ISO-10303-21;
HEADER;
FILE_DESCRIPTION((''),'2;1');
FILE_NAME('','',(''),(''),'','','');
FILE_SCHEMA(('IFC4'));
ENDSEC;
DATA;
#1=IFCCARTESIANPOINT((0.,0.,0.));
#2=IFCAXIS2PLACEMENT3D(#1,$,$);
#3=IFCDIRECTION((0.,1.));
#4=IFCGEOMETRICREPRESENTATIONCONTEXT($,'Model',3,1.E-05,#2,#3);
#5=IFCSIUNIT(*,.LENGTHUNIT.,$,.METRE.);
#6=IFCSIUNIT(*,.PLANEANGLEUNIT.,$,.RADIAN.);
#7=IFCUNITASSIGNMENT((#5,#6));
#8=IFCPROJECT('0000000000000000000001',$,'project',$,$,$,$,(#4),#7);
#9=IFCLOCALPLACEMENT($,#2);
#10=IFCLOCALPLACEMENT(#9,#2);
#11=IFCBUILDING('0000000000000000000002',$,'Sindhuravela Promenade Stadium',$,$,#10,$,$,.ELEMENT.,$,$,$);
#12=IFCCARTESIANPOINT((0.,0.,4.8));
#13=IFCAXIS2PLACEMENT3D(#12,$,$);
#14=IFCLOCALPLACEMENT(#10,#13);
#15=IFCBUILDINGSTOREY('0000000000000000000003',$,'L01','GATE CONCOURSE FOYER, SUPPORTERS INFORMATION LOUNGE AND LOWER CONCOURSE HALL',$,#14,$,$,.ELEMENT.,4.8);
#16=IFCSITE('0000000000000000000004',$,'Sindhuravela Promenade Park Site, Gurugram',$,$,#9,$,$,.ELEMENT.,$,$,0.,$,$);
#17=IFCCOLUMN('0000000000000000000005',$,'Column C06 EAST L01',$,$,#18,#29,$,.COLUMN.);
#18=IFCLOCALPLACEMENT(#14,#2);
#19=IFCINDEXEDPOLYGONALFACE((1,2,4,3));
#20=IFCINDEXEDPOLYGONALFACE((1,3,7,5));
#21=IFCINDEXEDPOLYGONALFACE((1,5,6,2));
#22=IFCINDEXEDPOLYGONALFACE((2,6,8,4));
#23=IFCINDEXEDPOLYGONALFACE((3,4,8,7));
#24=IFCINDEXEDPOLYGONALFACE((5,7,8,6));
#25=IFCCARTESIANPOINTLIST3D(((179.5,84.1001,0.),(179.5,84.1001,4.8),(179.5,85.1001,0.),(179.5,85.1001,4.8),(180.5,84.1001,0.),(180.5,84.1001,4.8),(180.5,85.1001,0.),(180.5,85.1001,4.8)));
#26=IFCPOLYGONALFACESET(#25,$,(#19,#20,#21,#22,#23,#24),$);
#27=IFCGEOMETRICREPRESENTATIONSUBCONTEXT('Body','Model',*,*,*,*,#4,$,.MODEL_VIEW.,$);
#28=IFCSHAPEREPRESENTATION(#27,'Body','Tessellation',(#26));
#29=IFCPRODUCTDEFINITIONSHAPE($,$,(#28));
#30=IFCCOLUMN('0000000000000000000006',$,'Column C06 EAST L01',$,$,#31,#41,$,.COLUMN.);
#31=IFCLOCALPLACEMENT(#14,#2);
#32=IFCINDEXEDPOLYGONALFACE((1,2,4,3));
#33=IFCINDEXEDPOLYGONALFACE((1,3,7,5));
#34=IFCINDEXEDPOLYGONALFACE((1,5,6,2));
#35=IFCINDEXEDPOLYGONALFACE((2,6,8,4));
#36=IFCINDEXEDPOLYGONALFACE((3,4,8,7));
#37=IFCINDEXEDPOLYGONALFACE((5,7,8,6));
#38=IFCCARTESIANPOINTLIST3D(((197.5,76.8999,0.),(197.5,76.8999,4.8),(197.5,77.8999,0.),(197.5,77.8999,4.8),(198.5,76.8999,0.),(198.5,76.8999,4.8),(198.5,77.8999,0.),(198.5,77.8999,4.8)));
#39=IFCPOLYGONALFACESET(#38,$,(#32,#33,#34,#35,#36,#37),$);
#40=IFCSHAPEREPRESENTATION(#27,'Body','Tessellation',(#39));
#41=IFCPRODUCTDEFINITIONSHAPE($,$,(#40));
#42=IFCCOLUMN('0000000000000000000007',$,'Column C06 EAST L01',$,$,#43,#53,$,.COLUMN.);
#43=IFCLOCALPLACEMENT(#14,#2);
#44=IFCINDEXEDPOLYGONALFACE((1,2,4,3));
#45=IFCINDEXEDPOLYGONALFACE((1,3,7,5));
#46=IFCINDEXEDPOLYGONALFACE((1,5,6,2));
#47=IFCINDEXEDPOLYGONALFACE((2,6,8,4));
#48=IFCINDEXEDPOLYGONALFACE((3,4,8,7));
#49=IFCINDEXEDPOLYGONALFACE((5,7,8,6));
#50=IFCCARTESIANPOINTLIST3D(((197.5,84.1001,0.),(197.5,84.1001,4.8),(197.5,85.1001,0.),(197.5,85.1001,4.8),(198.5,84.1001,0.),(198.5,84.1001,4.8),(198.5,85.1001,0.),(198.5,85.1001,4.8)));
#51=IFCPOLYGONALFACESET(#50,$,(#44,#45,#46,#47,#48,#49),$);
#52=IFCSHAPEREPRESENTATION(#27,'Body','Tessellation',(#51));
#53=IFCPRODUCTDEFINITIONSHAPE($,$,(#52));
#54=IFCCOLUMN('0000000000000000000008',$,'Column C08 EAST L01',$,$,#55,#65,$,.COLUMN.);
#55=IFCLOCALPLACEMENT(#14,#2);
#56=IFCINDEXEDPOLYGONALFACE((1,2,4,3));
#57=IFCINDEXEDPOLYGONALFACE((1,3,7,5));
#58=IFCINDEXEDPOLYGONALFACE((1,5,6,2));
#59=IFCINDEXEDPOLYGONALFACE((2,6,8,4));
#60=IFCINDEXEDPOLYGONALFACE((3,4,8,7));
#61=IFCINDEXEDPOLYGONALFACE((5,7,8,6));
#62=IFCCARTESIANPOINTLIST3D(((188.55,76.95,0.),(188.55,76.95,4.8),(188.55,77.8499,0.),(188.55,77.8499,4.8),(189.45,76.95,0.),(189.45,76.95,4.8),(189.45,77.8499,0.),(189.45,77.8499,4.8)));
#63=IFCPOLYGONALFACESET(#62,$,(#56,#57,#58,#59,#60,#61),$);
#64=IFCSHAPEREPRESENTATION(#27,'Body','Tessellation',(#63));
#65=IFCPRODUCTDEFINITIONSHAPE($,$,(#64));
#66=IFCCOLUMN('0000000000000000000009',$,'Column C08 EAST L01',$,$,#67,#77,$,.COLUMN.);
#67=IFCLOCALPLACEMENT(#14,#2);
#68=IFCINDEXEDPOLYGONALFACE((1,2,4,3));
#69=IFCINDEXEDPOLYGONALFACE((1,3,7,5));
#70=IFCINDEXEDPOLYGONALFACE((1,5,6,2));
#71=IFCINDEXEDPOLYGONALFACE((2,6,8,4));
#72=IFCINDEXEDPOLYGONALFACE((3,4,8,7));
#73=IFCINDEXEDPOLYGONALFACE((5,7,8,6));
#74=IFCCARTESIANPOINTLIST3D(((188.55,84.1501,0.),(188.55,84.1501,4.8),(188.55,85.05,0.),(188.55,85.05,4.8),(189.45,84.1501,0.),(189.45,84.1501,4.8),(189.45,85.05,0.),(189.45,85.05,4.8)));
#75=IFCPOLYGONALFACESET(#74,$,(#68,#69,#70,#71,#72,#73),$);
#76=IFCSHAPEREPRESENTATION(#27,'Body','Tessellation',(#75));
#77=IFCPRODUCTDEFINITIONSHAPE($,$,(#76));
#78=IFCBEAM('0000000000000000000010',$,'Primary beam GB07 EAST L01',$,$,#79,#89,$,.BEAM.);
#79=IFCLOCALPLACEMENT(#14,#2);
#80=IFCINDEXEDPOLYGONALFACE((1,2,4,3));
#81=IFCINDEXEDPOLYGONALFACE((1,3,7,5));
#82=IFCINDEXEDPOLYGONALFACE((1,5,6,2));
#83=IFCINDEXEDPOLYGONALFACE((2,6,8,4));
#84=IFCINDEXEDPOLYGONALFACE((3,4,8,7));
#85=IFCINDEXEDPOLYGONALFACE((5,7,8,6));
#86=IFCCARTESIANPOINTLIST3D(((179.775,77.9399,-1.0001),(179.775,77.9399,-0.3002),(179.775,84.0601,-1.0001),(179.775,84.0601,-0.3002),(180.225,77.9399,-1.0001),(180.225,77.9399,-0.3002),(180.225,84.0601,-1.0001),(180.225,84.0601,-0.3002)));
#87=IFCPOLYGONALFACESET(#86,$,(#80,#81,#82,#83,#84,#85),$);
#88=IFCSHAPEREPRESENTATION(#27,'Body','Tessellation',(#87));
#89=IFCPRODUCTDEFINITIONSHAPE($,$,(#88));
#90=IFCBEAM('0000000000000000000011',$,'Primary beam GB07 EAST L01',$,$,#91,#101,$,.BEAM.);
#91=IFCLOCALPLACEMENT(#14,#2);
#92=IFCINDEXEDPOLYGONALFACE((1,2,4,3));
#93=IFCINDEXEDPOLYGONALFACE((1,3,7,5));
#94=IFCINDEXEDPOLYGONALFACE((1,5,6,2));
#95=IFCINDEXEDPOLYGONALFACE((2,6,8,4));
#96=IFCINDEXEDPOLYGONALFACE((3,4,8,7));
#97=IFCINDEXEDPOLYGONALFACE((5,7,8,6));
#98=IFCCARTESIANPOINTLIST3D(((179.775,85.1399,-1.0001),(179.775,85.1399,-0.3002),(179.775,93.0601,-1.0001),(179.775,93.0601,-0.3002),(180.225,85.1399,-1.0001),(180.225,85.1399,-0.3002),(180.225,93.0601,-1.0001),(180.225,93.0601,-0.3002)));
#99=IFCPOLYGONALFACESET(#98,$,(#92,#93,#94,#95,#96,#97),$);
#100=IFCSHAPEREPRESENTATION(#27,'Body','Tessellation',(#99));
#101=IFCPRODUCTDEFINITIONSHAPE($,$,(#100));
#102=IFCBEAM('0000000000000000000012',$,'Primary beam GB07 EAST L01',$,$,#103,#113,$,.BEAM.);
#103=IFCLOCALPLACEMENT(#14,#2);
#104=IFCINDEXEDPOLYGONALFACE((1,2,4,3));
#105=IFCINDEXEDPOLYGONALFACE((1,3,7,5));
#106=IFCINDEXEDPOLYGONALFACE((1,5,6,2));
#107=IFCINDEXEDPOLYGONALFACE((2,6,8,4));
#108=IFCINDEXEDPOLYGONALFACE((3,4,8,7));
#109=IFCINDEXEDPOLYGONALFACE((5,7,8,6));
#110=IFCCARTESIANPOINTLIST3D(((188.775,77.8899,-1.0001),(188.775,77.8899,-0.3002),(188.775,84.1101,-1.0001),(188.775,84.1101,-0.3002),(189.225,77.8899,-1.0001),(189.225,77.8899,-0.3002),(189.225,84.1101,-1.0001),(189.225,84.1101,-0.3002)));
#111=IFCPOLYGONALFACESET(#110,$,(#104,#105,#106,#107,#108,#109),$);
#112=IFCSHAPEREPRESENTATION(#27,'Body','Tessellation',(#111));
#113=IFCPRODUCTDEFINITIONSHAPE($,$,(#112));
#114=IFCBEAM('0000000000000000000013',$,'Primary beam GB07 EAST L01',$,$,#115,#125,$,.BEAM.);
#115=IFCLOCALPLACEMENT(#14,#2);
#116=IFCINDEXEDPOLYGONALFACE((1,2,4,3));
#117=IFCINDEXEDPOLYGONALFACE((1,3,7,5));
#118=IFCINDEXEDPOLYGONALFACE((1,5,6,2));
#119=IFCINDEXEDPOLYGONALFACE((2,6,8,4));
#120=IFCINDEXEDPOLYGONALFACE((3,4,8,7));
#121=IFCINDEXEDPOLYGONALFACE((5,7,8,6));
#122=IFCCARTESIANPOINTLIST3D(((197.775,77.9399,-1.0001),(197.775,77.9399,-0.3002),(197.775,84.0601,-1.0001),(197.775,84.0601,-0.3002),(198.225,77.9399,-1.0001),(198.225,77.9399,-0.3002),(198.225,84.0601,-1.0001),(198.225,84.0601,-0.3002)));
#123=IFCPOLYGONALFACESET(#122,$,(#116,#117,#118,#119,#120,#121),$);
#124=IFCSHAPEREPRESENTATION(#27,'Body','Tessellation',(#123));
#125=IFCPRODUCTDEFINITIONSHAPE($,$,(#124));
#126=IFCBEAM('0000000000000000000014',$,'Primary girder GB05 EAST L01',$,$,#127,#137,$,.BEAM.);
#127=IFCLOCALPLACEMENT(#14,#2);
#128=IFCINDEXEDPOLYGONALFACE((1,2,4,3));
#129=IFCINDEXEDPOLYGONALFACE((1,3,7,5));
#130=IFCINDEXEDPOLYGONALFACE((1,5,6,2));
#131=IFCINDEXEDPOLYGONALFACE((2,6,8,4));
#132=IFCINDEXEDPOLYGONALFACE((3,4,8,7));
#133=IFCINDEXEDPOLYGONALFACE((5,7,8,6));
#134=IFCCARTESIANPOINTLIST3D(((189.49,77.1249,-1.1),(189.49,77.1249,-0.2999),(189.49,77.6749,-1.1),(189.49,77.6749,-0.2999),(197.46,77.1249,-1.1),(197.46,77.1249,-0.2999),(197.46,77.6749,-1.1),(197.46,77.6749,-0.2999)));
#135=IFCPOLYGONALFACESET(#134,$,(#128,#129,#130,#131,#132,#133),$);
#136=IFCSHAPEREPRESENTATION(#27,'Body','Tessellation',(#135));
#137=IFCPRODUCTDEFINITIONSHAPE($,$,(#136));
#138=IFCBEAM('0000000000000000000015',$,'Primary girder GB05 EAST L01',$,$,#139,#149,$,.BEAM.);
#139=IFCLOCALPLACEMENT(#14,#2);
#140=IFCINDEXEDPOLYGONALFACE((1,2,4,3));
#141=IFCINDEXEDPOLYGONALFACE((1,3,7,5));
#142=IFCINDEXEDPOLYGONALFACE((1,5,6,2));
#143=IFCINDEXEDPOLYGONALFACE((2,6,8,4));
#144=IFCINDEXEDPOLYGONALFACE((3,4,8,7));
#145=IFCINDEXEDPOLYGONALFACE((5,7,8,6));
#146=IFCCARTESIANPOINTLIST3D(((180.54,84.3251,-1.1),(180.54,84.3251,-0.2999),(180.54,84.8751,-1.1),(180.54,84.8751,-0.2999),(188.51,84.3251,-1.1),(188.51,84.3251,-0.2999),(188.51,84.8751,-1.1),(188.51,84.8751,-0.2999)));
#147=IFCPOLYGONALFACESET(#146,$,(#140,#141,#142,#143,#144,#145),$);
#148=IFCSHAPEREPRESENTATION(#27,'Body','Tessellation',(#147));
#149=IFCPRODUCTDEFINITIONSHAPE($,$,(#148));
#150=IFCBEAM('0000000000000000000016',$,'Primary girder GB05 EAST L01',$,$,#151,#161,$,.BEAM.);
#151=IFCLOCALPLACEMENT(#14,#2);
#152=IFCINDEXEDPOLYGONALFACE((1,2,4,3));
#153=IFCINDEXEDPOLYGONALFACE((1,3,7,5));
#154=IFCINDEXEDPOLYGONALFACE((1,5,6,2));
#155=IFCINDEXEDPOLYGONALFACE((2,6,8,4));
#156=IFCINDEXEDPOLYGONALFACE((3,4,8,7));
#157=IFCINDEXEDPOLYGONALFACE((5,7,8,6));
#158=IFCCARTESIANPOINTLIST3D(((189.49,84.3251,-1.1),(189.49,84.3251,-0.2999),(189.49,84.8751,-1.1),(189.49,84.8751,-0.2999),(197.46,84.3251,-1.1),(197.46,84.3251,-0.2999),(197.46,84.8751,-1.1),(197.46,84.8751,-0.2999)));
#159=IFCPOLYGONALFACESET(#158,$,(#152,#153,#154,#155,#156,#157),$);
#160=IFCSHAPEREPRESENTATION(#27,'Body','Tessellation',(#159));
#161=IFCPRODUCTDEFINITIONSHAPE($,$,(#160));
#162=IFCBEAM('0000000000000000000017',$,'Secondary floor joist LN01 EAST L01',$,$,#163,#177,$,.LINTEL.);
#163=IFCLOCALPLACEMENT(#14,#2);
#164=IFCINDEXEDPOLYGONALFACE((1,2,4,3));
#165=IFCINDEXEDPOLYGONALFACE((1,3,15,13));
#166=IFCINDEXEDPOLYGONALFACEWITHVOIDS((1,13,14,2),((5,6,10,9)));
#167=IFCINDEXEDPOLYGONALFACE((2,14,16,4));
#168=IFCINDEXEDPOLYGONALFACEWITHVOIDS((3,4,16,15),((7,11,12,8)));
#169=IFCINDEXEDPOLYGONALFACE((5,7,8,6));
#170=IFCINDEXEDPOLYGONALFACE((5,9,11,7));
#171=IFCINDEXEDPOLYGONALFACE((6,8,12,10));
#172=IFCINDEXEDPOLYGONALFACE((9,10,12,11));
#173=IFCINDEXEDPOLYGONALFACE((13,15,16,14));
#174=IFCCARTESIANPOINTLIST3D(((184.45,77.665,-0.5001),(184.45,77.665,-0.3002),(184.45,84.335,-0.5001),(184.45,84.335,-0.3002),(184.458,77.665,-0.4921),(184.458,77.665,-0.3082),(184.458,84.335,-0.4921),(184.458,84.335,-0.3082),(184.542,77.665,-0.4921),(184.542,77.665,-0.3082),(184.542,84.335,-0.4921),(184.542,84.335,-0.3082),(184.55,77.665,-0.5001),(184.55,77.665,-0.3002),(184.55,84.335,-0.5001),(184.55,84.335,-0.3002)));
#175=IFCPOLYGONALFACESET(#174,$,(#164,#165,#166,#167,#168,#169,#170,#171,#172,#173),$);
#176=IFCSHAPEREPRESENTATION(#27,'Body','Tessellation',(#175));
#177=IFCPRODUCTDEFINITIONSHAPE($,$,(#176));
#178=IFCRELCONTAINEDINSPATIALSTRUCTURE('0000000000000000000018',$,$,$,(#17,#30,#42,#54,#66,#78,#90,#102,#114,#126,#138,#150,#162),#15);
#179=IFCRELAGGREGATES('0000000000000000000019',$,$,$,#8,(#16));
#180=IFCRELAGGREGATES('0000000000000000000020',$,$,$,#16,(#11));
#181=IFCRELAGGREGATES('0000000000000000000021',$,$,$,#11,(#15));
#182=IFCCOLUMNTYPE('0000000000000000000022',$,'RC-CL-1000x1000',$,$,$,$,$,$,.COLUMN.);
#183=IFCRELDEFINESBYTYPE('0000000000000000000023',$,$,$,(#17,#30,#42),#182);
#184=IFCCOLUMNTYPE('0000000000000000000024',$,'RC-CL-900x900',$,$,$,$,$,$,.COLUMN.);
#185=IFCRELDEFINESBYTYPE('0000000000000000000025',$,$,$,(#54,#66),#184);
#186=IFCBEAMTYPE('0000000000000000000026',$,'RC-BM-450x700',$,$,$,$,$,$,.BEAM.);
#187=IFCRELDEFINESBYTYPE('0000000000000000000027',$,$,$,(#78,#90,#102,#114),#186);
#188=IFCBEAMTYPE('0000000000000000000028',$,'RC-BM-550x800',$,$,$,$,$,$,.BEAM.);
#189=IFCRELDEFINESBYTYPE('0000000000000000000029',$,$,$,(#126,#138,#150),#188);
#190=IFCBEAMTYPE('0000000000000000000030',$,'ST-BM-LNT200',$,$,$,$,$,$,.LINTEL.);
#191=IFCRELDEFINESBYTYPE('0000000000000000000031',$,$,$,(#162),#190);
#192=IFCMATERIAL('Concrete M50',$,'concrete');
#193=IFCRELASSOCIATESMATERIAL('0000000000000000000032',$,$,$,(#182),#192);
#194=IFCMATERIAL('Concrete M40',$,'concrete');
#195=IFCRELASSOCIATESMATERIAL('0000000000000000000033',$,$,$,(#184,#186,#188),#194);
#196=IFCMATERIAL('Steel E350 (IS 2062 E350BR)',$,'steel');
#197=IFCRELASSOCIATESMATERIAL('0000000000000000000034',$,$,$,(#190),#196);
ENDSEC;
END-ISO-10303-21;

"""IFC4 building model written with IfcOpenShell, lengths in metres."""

from ifc_helpers import new_model, si_unit, direction, frame, origin, origin_2d, place, context, subcontext, project, spatial, rectangle, hollow_rectangle, extrude, material, material_profile, profile_set, type_object, element, save


model = new_model("IFC4")

# Units and contexts
model_context = context("Model", 3, precision=1e-05, world=origin(), true_north=direction((0.0, 1.0)))
body_context = subcontext(model_context, "Body", "Model", "MODEL_VIEW")
ifc_project = project(units=[si_unit("LENGTHUNIT", "METRE"), si_unit("PLANEANGLEUNIT", "RADIAN")], contexts=[model_context])

# Site, building, storey
site_placement = place(None, origin())
site = spatial("IfcSite", under=ifc_project, at=site_placement, Name="Sindhuravela Promenade Park Site, Gurugram", CompositionType="ELEMENT", RefElevation=0.0)
building_placement = place(site_placement, origin())
building = spatial("IfcBuilding", under=site, at=building_placement, Name="Sindhuravela Promenade Stadium", CompositionType="ELEMENT")
storey_placement = place(building_placement, frame((0.0, 0.0, 4.8)))
storey = spatial("IfcBuildingStorey", under=building, at=storey_placement, Name="L01", Description="GATE CONCOURSE FOYER, SUPPORTERS INFORMATION LOUNGE AND LOWER CONCOURSE HALL", CompositionType="ELEMENT", Elevation=4.8)

# Columns
ifc_material_1 = material(Name="Concrete M50", Category="concrete")
ifc_material_profile_1 = material_profile(ifc_material_1, rectangle(XDim=1.0, YDim=1.0, at=origin_2d()), Name="RC 1000x1000")
ifc_profile_set_1 = profile_set([ifc_material_profile_1], Name="Concrete M50")
column_type_1 = type_object("IfcColumnType", Name="RC-CL-1000x1000", PredefinedType="COLUMN", material=ifc_profile_set_1)
for number, where, z_axis, x_axis, name in (
    (1, (180.0, 84.6001, 0.0), (0.0, 0.0, 1.0), (1.0, 0.0, 0.0), "Column C06 EAST L01"),
    (2, (198.0, 77.3999, 0.0), (0.0, 0.0, 1.0), (1.0, 0.0, 0.0), "Column C06 EAST L01"),
    (3, (198.0, 84.6001, 0.0), (0.0, 0.0, 1.0), (1.0, 0.0, 0.0), "Column C06 EAST L01"),
):
    element("IfcColumn", number, at=place(storey_placement, frame(where, z_axis=z_axis, x_axis=x_axis)), inside=storey, type_object=column_type_1, Name=name, PredefinedType="COLUMN", context=body_context, shape_type="SweptSolid", body=[
        extrude(rectangle(XDim=1.0, YDim=1.0, at=origin_2d()), origin(), (0.0, 0.0, 1.0), 4.8),
    ])
ifc_material_2 = material(Name="Concrete M40", Category="concrete")
ifc_material_profile_2 = material_profile(ifc_material_2, rectangle(XDim=0.8999, YDim=0.8999, at=origin_2d()), Name="RC 900x900")
ifc_profile_set_2 = profile_set([ifc_material_profile_2], Name="Concrete M40")
column_type_2 = type_object("IfcColumnType", Name="RC-CL-900x900", PredefinedType="COLUMN", material=ifc_profile_set_2)
for number, where, z_axis, x_axis, name in (
    (4, (189.0, 77.3999, 0.0), (0.0, 0.0, 1.0), (1.0, 0.0, 0.0), "Column C08 EAST L01"),
    (5, (189.0, 84.6001, 0.0), (0.0, 0.0, 1.0), (1.0, 0.0, 0.0), "Column C08 EAST L01"),
):
    element("IfcColumn", number, at=place(storey_placement, frame(where, z_axis=z_axis, x_axis=x_axis)), inside=storey, type_object=column_type_2, Name=name, PredefinedType="COLUMN", context=body_context, shape_type="SweptSolid", body=[
        extrude(rectangle(XDim=0.8999, YDim=0.8999, at=origin_2d()), origin(), (0.0, 0.0, 1.0), 4.8),
    ])

# Beams
ifc_material_profile_3 = material_profile(ifc_material_2, rectangle(XDim=0.45, YDim=0.7, at=origin_2d()), Name="RC 450x700")
ifc_profile_set_3 = profile_set([ifc_material_profile_3], Name="Concrete M40")
beam_type_1 = type_object("IfcBeamType", Name="RC-BM-450x700", PredefinedType="BEAM", material=ifc_profile_set_3)
beam_1_placement = place(storey_placement, frame((180.0, 77.9399, -0.6501), z_axis=(0.0, 1.0, 0.0), x_axis=(-1.0, 0.0, 0.0)))
element("IfcBeam", 6, at=beam_1_placement, inside=storey, type_object=beam_type_1, Name="Primary beam GB07 EAST L01", PredefinedType="BEAM", context=body_context, shape_type="SweptSolid", body=[
    extrude(rectangle(XDim=0.45, YDim=0.7, at=origin_2d()), origin(), (0.0, 0.0, 1.0), 6.1201),
])
beam_2_placement = place(storey_placement, frame((180.0, 85.1399, -0.6501), z_axis=(0.0, 1.0, 0.0), x_axis=(-1.0, 0.0, 0.0)))
element("IfcBeam", 7, at=beam_2_placement, inside=storey, type_object=beam_type_1, Name="Primary beam GB07 EAST L01", PredefinedType="BEAM", context=body_context, shape_type="SweptSolid", body=[
    extrude(rectangle(XDim=0.45, YDim=0.7, at=origin_2d()), origin(), (0.0, 0.0, 1.0), 7.9202),
])
beam_3_placement = place(storey_placement, frame((189.0, 77.8899, -0.6501), z_axis=(0.0, 1.0, 0.0), x_axis=(-1.0, 0.0, 0.0)))
element("IfcBeam", 8, at=beam_3_placement, inside=storey, type_object=beam_type_1, Name="Primary beam GB07 EAST L01", PredefinedType="BEAM", context=body_context, shape_type="SweptSolid", body=[
    extrude(rectangle(XDim=0.45, YDim=0.7, at=origin_2d()), origin(), (0.0, 0.0, 1.0), 6.2202),
])
beam_4_placement = place(storey_placement, frame((198.0, 77.9399, -0.6501), z_axis=(0.0, 1.0, 0.0), x_axis=(-1.0, 0.0, 0.0)))
element("IfcBeam", 9, at=beam_4_placement, inside=storey, type_object=beam_type_1, Name="Primary beam GB07 EAST L01", PredefinedType="BEAM", context=body_context, shape_type="SweptSolid", body=[
    extrude(rectangle(XDim=0.45, YDim=0.7, at=origin_2d()), origin(), (0.0, 0.0, 1.0), 6.1201),
])
ifc_material_profile_4 = material_profile(ifc_material_2, rectangle(XDim=0.55, YDim=0.8, at=origin_2d()), Name="RC 550x800")
ifc_profile_set_4 = profile_set([ifc_material_profile_4], Name="Concrete M40")
beam_type_2 = type_object("IfcBeamType", Name="RC-BM-550x800", PredefinedType="BEAM", material=ifc_profile_set_4)
for number, where, z_axis, x_axis, name in (
    (10, (189.49, 77.3999, -0.7), (1.0, 0.0, 0.0), (0.0, 1.0, 0.0), "Primary girder GB05 EAST L01"),
    (11, (180.54, 84.6001, -0.7), (1.0, 0.0, 0.0), (0.0, 1.0, 0.0), "Primary girder GB05 EAST L01"),
    (12, (189.49, 84.6001, -0.7), (1.0, 0.0, 0.0), (0.0, 1.0, 0.0), "Primary girder GB05 EAST L01"),
):
    element("IfcBeam", number, at=place(storey_placement, frame(where, z_axis=z_axis, x_axis=x_axis)), inside=storey, type_object=beam_type_2, Name=name, PredefinedType="BEAM", context=body_context, shape_type="SweptSolid", body=[
        extrude(rectangle(XDim=0.55, YDim=0.8, at=origin_2d()), origin(), (0.0, 0.0, 1.0), 7.97),
    ])
ifc_material_3 = material(Name="Steel E350 (IS 2062 E350BR)", Category="steel")
ifc_material_profile_5 = material_profile(ifc_material_3, hollow_rectangle(XDim=0.1001, YDim=0.2, WallThickness=0.0081, at=origin_2d()), Name="RHS 200x100x8")
ifc_profile_set_5 = profile_set([ifc_material_profile_5], Name="Steel E350 (IS 2062 E350BR)")
beam_type_3 = type_object("IfcBeamType", Name="ST-BM-LNT200", PredefinedType="LINTEL", material=ifc_profile_set_5)
beam_5_placement = place(storey_placement, frame((184.5, 77.665, -0.4001), z_axis=(0.0, 1.0, 0.0), x_axis=(-1.0, 0.0, 0.0)))
element("IfcBeam", 13, at=beam_5_placement, inside=storey, type_object=beam_type_3, Name="Secondary floor joist LN01 EAST L01", PredefinedType="LINTEL", context=body_context, shape_type="SweptSolid", body=[
    extrude(hollow_rectangle(XDim=0.1001, YDim=0.2, WallThickness=0.0081, at=origin_2d()), origin(), (0.0, 0.0, 1.0), 6.6699),
])

save(model, "model.ifc")
